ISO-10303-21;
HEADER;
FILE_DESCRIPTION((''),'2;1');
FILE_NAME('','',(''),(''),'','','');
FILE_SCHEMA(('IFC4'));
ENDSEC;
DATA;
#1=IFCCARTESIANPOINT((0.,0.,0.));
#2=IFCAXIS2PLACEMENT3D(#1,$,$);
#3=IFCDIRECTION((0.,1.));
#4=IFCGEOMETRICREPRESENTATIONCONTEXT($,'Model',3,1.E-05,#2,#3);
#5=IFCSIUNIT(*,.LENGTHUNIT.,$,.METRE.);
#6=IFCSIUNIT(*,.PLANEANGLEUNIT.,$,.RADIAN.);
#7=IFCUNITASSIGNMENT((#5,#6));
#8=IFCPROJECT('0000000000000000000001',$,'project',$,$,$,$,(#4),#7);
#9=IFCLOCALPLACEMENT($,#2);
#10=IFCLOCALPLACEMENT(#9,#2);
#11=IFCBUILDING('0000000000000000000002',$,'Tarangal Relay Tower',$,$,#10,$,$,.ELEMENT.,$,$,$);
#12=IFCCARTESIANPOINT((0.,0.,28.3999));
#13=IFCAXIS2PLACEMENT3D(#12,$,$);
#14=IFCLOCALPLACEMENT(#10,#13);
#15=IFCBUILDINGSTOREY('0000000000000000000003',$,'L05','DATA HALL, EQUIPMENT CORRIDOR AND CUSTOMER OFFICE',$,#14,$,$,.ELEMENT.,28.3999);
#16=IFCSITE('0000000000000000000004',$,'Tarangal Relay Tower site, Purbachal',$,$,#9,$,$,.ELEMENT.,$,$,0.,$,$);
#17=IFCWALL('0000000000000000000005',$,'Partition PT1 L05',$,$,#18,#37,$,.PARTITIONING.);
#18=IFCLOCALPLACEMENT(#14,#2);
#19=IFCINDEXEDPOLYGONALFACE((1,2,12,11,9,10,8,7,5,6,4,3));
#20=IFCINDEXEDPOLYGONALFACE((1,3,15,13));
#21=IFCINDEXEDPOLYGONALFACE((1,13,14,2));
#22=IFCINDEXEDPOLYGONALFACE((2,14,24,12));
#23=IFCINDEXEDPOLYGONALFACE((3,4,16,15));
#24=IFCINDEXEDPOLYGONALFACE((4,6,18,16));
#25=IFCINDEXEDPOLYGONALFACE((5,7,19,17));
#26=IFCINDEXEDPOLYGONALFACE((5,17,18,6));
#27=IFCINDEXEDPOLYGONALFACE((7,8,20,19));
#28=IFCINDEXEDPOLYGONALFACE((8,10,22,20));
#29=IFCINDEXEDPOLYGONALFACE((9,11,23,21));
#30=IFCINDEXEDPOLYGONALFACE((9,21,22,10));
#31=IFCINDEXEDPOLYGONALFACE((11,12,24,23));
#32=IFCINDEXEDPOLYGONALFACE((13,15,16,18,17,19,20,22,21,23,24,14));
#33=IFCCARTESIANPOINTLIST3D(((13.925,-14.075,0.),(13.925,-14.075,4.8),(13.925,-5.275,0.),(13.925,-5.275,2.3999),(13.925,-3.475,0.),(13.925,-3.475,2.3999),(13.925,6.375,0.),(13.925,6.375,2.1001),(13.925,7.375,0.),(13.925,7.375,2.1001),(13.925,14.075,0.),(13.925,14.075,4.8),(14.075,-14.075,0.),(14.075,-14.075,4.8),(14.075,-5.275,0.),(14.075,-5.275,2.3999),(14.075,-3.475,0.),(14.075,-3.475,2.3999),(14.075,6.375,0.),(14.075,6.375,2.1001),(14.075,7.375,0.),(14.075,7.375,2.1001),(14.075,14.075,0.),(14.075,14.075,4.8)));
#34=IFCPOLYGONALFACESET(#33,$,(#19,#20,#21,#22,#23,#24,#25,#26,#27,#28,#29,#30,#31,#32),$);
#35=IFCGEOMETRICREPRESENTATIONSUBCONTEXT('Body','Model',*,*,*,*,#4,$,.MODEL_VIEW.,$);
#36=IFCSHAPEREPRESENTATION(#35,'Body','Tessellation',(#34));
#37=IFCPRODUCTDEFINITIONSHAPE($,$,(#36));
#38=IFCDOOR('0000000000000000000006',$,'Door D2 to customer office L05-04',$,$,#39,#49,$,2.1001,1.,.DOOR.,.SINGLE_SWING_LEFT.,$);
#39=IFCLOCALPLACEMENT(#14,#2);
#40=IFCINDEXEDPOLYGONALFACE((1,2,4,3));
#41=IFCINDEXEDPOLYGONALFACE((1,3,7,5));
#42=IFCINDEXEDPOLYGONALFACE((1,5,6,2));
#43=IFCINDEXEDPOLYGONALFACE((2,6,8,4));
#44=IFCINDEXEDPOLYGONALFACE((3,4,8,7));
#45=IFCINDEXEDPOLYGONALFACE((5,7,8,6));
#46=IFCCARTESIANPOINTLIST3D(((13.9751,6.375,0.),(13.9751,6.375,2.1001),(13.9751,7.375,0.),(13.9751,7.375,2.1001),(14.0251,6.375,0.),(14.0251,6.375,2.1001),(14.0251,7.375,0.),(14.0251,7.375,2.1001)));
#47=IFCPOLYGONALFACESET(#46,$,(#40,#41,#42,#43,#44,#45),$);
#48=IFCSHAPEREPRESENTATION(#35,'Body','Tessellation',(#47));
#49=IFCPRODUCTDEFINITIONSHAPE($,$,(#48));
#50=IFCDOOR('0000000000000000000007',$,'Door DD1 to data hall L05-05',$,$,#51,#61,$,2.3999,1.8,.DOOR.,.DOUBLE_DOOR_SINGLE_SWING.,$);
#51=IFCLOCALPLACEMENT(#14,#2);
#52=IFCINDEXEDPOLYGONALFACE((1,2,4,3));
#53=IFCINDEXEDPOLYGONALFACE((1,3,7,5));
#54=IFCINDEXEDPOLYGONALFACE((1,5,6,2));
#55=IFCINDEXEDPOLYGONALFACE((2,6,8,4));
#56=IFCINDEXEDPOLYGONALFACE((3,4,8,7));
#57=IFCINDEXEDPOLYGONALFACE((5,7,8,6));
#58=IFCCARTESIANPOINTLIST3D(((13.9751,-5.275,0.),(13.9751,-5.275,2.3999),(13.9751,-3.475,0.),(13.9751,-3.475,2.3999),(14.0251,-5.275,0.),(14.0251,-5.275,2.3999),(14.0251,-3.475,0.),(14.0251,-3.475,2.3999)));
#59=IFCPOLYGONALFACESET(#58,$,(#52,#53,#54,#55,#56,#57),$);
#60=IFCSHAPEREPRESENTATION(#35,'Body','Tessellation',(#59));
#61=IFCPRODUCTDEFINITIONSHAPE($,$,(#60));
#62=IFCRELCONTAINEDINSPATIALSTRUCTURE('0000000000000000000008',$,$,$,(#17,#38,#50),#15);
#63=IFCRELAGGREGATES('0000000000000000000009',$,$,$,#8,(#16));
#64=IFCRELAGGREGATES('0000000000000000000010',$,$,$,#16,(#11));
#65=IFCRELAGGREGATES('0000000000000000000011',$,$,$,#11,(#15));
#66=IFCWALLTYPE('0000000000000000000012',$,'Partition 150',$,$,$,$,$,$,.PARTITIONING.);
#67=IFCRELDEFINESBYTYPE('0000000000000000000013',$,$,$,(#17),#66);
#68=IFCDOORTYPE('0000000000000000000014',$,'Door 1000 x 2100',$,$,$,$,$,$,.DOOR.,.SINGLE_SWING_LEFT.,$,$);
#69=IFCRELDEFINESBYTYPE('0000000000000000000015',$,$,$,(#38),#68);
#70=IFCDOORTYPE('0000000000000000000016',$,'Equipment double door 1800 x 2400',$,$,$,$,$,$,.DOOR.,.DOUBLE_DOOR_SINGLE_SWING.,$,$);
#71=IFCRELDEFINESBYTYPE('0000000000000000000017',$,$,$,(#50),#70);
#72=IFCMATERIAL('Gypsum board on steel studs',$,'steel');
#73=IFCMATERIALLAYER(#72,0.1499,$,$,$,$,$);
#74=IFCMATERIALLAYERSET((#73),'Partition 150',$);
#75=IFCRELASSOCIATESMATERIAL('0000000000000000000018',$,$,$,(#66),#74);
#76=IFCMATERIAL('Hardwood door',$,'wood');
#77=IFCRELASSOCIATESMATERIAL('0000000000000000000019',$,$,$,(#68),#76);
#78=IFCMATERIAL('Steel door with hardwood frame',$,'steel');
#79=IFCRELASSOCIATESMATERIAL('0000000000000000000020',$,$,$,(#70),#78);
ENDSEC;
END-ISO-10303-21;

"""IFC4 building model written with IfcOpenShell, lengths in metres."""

from ifc_helpers import new_model, si_unit, direction, frame, frame_2d, origin, place, context, subcontext, project, spatial, rectangle, extrude, material, layer, layer_set, type_object, element, fill, save


model = new_model("IFC4")

# Units and contexts
model_context = context("Model", 3, precision=1e-05, world=origin(), true_north=direction((0.0, 1.0)))
body_context = subcontext(model_context, "Body", "Model", "MODEL_VIEW")
ifc_project = project(units=[si_unit("LENGTHUNIT", "METRE"), si_unit("PLANEANGLEUNIT", "RADIAN")], contexts=[model_context])

# Site, building, storey
site_placement = place(None, origin())
site = spatial("IfcSite", under=ifc_project, at=site_placement, Name="Tarangal Relay Tower site, Purbachal", CompositionType="ELEMENT", RefElevation=0.0)
building_placement = place(site_placement, origin())
building = spatial("IfcBuilding", under=site, at=building_placement, Name="Tarangal Relay Tower", CompositionType="ELEMENT")
storey_placement = place(building_placement, frame((0.0, 0.0, 28.3999)))
storey = spatial("IfcBuildingStorey", under=building, at=storey_placement, Name="L05", Description="DATA HALL, EQUIPMENT CORRIDOR AND CUSTOMER OFFICE", CompositionType="ELEMENT", Elevation=28.3999)

# Shared definitions
ifc_material_1 = material(Name="Hardwood door", Category="wood")

# Shared definitions
ifc_material_2 = material(Name="Steel door with hardwood frame", Category="steel")

# Shared definitions
ifc_material_3 = material(Name="Gypsum board on steel studs", Category="steel")
ifc_layer_1 = layer(ifc_material_3, 0.1499)
ifc_layer_set_1 = layer_set([ifc_layer_1], Name="Partition 150")
wall_type_1 = type_object("IfcWallType", Name="Partition 150", PredefinedType="PARTITIONING", material=ifc_layer_set_1)

# Wall, openings, doors
wall_1_placement = place(storey_placement, frame((14.0, -14.075, 0.0), z_axis=(0.0, 0.0, 1.0), x_axis=(0.0, 1.0, 0.0)))
wall_1 = element("IfcWall", 1, at=wall_1_placement, inside=storey, type_object=wall_type_1, Name="Partition PT1 L05", PredefinedType="PARTITIONING", context=body_context, shape_type="SweptSolid", body=[
    extrude(rectangle(XDim=28.1499, YDim=0.1499, at=frame_2d((14.075, 0.0))), origin(), (0.0, 0.0, 1.0), 4.8),
])
opening_1_placement = place(wall_1_placement, frame((20.45, 0.0, 0.0)))
opening_1 = element("IfcOpeningElement", 2, at=opening_1_placement, cuts=wall_1, PredefinedType="OPENING", context=body_context, shape_type="SweptSolid", body=[
    extrude(rectangle(XDim=1.0, YDim=2.1001, at=frame_2d((0.5, 1.05))), frame((0.0, 0.085, 0.0), z_axis=(0.0, -1.0, 0.0), x_axis=(1.0, 0.0, 0.0)), (0.0, 0.0, 1.0), 0.1699),
])
opening_2_placement = place(wall_1_placement, frame((8.8, 0.0, 0.0)))
opening_2 = element("IfcOpeningElement", 3, at=opening_2_placement, cuts=wall_1, PredefinedType="OPENING", context=body_context, shape_type="SweptSolid", body=[
    extrude(rectangle(XDim=1.8, YDim=2.3999, at=frame_2d((0.8999, 1.2))), frame((0.0, 0.085, 0.0), z_axis=(0.0, -1.0, 0.0), x_axis=(1.0, 0.0, 0.0)), (0.0, 0.0, 1.0), 0.1699),
])
door_type_1 = type_object("IfcDoorType", Name="Door 1000 x 2100", OperationType="SINGLE_SWING_LEFT", PredefinedType="DOOR", material=ifc_material_1)
door_1_placement = place(opening_1_placement, origin())
door_1 = element("IfcDoor", 4, at=door_1_placement, inside=storey, type_object=door_type_1, Name="Door D2 to customer office L05-04", OperationType="SINGLE_SWING_LEFT", OverallHeight=2.1001, OverallWidth=1.0, PredefinedType="DOOR", context=body_context, shape_type="SweptSolid", body=[
    extrude(rectangle(XDim=1.0, YDim=2.1001, at=frame_2d((0.5, 1.05))), frame((0.0, 0.0249, 0.0), z_axis=(0.0, -1.0, 0.0), x_axis=(1.0, 0.0, 0.0)), (0.0, 0.0, 1.0), 0.05),
])
fill(opening_1, door_1)
door_type_2 = type_object("IfcDoorType", Name="Equipment double door 1800 x 2400", OperationType="DOUBLE_DOOR_SINGLE_SWING", PredefinedType="DOOR", material=ifc_material_2)
door_2_placement = place(opening_2_placement, origin())
door_2 = element("IfcDoor", 5, at=door_2_placement, inside=storey, type_object=door_type_2, Name="Door DD1 to data hall L05-05", OperationType="DOUBLE_DOOR_SINGLE_SWING", OverallHeight=2.3999, OverallWidth=1.8, PredefinedType="DOOR", context=body_context, shape_type="SweptSolid", body=[
    extrude(rectangle(XDim=1.8, YDim=2.3999, at=frame_2d((0.8999, 1.2))), frame((0.0, 0.0249, 0.0), z_axis=(0.0, -1.0, 0.0), x_axis=(1.0, 0.0, 0.0)), (0.0, 0.0, 1.0), 0.05),
])
fill(opening_2, door_2)

save(model, "model.ifc")
